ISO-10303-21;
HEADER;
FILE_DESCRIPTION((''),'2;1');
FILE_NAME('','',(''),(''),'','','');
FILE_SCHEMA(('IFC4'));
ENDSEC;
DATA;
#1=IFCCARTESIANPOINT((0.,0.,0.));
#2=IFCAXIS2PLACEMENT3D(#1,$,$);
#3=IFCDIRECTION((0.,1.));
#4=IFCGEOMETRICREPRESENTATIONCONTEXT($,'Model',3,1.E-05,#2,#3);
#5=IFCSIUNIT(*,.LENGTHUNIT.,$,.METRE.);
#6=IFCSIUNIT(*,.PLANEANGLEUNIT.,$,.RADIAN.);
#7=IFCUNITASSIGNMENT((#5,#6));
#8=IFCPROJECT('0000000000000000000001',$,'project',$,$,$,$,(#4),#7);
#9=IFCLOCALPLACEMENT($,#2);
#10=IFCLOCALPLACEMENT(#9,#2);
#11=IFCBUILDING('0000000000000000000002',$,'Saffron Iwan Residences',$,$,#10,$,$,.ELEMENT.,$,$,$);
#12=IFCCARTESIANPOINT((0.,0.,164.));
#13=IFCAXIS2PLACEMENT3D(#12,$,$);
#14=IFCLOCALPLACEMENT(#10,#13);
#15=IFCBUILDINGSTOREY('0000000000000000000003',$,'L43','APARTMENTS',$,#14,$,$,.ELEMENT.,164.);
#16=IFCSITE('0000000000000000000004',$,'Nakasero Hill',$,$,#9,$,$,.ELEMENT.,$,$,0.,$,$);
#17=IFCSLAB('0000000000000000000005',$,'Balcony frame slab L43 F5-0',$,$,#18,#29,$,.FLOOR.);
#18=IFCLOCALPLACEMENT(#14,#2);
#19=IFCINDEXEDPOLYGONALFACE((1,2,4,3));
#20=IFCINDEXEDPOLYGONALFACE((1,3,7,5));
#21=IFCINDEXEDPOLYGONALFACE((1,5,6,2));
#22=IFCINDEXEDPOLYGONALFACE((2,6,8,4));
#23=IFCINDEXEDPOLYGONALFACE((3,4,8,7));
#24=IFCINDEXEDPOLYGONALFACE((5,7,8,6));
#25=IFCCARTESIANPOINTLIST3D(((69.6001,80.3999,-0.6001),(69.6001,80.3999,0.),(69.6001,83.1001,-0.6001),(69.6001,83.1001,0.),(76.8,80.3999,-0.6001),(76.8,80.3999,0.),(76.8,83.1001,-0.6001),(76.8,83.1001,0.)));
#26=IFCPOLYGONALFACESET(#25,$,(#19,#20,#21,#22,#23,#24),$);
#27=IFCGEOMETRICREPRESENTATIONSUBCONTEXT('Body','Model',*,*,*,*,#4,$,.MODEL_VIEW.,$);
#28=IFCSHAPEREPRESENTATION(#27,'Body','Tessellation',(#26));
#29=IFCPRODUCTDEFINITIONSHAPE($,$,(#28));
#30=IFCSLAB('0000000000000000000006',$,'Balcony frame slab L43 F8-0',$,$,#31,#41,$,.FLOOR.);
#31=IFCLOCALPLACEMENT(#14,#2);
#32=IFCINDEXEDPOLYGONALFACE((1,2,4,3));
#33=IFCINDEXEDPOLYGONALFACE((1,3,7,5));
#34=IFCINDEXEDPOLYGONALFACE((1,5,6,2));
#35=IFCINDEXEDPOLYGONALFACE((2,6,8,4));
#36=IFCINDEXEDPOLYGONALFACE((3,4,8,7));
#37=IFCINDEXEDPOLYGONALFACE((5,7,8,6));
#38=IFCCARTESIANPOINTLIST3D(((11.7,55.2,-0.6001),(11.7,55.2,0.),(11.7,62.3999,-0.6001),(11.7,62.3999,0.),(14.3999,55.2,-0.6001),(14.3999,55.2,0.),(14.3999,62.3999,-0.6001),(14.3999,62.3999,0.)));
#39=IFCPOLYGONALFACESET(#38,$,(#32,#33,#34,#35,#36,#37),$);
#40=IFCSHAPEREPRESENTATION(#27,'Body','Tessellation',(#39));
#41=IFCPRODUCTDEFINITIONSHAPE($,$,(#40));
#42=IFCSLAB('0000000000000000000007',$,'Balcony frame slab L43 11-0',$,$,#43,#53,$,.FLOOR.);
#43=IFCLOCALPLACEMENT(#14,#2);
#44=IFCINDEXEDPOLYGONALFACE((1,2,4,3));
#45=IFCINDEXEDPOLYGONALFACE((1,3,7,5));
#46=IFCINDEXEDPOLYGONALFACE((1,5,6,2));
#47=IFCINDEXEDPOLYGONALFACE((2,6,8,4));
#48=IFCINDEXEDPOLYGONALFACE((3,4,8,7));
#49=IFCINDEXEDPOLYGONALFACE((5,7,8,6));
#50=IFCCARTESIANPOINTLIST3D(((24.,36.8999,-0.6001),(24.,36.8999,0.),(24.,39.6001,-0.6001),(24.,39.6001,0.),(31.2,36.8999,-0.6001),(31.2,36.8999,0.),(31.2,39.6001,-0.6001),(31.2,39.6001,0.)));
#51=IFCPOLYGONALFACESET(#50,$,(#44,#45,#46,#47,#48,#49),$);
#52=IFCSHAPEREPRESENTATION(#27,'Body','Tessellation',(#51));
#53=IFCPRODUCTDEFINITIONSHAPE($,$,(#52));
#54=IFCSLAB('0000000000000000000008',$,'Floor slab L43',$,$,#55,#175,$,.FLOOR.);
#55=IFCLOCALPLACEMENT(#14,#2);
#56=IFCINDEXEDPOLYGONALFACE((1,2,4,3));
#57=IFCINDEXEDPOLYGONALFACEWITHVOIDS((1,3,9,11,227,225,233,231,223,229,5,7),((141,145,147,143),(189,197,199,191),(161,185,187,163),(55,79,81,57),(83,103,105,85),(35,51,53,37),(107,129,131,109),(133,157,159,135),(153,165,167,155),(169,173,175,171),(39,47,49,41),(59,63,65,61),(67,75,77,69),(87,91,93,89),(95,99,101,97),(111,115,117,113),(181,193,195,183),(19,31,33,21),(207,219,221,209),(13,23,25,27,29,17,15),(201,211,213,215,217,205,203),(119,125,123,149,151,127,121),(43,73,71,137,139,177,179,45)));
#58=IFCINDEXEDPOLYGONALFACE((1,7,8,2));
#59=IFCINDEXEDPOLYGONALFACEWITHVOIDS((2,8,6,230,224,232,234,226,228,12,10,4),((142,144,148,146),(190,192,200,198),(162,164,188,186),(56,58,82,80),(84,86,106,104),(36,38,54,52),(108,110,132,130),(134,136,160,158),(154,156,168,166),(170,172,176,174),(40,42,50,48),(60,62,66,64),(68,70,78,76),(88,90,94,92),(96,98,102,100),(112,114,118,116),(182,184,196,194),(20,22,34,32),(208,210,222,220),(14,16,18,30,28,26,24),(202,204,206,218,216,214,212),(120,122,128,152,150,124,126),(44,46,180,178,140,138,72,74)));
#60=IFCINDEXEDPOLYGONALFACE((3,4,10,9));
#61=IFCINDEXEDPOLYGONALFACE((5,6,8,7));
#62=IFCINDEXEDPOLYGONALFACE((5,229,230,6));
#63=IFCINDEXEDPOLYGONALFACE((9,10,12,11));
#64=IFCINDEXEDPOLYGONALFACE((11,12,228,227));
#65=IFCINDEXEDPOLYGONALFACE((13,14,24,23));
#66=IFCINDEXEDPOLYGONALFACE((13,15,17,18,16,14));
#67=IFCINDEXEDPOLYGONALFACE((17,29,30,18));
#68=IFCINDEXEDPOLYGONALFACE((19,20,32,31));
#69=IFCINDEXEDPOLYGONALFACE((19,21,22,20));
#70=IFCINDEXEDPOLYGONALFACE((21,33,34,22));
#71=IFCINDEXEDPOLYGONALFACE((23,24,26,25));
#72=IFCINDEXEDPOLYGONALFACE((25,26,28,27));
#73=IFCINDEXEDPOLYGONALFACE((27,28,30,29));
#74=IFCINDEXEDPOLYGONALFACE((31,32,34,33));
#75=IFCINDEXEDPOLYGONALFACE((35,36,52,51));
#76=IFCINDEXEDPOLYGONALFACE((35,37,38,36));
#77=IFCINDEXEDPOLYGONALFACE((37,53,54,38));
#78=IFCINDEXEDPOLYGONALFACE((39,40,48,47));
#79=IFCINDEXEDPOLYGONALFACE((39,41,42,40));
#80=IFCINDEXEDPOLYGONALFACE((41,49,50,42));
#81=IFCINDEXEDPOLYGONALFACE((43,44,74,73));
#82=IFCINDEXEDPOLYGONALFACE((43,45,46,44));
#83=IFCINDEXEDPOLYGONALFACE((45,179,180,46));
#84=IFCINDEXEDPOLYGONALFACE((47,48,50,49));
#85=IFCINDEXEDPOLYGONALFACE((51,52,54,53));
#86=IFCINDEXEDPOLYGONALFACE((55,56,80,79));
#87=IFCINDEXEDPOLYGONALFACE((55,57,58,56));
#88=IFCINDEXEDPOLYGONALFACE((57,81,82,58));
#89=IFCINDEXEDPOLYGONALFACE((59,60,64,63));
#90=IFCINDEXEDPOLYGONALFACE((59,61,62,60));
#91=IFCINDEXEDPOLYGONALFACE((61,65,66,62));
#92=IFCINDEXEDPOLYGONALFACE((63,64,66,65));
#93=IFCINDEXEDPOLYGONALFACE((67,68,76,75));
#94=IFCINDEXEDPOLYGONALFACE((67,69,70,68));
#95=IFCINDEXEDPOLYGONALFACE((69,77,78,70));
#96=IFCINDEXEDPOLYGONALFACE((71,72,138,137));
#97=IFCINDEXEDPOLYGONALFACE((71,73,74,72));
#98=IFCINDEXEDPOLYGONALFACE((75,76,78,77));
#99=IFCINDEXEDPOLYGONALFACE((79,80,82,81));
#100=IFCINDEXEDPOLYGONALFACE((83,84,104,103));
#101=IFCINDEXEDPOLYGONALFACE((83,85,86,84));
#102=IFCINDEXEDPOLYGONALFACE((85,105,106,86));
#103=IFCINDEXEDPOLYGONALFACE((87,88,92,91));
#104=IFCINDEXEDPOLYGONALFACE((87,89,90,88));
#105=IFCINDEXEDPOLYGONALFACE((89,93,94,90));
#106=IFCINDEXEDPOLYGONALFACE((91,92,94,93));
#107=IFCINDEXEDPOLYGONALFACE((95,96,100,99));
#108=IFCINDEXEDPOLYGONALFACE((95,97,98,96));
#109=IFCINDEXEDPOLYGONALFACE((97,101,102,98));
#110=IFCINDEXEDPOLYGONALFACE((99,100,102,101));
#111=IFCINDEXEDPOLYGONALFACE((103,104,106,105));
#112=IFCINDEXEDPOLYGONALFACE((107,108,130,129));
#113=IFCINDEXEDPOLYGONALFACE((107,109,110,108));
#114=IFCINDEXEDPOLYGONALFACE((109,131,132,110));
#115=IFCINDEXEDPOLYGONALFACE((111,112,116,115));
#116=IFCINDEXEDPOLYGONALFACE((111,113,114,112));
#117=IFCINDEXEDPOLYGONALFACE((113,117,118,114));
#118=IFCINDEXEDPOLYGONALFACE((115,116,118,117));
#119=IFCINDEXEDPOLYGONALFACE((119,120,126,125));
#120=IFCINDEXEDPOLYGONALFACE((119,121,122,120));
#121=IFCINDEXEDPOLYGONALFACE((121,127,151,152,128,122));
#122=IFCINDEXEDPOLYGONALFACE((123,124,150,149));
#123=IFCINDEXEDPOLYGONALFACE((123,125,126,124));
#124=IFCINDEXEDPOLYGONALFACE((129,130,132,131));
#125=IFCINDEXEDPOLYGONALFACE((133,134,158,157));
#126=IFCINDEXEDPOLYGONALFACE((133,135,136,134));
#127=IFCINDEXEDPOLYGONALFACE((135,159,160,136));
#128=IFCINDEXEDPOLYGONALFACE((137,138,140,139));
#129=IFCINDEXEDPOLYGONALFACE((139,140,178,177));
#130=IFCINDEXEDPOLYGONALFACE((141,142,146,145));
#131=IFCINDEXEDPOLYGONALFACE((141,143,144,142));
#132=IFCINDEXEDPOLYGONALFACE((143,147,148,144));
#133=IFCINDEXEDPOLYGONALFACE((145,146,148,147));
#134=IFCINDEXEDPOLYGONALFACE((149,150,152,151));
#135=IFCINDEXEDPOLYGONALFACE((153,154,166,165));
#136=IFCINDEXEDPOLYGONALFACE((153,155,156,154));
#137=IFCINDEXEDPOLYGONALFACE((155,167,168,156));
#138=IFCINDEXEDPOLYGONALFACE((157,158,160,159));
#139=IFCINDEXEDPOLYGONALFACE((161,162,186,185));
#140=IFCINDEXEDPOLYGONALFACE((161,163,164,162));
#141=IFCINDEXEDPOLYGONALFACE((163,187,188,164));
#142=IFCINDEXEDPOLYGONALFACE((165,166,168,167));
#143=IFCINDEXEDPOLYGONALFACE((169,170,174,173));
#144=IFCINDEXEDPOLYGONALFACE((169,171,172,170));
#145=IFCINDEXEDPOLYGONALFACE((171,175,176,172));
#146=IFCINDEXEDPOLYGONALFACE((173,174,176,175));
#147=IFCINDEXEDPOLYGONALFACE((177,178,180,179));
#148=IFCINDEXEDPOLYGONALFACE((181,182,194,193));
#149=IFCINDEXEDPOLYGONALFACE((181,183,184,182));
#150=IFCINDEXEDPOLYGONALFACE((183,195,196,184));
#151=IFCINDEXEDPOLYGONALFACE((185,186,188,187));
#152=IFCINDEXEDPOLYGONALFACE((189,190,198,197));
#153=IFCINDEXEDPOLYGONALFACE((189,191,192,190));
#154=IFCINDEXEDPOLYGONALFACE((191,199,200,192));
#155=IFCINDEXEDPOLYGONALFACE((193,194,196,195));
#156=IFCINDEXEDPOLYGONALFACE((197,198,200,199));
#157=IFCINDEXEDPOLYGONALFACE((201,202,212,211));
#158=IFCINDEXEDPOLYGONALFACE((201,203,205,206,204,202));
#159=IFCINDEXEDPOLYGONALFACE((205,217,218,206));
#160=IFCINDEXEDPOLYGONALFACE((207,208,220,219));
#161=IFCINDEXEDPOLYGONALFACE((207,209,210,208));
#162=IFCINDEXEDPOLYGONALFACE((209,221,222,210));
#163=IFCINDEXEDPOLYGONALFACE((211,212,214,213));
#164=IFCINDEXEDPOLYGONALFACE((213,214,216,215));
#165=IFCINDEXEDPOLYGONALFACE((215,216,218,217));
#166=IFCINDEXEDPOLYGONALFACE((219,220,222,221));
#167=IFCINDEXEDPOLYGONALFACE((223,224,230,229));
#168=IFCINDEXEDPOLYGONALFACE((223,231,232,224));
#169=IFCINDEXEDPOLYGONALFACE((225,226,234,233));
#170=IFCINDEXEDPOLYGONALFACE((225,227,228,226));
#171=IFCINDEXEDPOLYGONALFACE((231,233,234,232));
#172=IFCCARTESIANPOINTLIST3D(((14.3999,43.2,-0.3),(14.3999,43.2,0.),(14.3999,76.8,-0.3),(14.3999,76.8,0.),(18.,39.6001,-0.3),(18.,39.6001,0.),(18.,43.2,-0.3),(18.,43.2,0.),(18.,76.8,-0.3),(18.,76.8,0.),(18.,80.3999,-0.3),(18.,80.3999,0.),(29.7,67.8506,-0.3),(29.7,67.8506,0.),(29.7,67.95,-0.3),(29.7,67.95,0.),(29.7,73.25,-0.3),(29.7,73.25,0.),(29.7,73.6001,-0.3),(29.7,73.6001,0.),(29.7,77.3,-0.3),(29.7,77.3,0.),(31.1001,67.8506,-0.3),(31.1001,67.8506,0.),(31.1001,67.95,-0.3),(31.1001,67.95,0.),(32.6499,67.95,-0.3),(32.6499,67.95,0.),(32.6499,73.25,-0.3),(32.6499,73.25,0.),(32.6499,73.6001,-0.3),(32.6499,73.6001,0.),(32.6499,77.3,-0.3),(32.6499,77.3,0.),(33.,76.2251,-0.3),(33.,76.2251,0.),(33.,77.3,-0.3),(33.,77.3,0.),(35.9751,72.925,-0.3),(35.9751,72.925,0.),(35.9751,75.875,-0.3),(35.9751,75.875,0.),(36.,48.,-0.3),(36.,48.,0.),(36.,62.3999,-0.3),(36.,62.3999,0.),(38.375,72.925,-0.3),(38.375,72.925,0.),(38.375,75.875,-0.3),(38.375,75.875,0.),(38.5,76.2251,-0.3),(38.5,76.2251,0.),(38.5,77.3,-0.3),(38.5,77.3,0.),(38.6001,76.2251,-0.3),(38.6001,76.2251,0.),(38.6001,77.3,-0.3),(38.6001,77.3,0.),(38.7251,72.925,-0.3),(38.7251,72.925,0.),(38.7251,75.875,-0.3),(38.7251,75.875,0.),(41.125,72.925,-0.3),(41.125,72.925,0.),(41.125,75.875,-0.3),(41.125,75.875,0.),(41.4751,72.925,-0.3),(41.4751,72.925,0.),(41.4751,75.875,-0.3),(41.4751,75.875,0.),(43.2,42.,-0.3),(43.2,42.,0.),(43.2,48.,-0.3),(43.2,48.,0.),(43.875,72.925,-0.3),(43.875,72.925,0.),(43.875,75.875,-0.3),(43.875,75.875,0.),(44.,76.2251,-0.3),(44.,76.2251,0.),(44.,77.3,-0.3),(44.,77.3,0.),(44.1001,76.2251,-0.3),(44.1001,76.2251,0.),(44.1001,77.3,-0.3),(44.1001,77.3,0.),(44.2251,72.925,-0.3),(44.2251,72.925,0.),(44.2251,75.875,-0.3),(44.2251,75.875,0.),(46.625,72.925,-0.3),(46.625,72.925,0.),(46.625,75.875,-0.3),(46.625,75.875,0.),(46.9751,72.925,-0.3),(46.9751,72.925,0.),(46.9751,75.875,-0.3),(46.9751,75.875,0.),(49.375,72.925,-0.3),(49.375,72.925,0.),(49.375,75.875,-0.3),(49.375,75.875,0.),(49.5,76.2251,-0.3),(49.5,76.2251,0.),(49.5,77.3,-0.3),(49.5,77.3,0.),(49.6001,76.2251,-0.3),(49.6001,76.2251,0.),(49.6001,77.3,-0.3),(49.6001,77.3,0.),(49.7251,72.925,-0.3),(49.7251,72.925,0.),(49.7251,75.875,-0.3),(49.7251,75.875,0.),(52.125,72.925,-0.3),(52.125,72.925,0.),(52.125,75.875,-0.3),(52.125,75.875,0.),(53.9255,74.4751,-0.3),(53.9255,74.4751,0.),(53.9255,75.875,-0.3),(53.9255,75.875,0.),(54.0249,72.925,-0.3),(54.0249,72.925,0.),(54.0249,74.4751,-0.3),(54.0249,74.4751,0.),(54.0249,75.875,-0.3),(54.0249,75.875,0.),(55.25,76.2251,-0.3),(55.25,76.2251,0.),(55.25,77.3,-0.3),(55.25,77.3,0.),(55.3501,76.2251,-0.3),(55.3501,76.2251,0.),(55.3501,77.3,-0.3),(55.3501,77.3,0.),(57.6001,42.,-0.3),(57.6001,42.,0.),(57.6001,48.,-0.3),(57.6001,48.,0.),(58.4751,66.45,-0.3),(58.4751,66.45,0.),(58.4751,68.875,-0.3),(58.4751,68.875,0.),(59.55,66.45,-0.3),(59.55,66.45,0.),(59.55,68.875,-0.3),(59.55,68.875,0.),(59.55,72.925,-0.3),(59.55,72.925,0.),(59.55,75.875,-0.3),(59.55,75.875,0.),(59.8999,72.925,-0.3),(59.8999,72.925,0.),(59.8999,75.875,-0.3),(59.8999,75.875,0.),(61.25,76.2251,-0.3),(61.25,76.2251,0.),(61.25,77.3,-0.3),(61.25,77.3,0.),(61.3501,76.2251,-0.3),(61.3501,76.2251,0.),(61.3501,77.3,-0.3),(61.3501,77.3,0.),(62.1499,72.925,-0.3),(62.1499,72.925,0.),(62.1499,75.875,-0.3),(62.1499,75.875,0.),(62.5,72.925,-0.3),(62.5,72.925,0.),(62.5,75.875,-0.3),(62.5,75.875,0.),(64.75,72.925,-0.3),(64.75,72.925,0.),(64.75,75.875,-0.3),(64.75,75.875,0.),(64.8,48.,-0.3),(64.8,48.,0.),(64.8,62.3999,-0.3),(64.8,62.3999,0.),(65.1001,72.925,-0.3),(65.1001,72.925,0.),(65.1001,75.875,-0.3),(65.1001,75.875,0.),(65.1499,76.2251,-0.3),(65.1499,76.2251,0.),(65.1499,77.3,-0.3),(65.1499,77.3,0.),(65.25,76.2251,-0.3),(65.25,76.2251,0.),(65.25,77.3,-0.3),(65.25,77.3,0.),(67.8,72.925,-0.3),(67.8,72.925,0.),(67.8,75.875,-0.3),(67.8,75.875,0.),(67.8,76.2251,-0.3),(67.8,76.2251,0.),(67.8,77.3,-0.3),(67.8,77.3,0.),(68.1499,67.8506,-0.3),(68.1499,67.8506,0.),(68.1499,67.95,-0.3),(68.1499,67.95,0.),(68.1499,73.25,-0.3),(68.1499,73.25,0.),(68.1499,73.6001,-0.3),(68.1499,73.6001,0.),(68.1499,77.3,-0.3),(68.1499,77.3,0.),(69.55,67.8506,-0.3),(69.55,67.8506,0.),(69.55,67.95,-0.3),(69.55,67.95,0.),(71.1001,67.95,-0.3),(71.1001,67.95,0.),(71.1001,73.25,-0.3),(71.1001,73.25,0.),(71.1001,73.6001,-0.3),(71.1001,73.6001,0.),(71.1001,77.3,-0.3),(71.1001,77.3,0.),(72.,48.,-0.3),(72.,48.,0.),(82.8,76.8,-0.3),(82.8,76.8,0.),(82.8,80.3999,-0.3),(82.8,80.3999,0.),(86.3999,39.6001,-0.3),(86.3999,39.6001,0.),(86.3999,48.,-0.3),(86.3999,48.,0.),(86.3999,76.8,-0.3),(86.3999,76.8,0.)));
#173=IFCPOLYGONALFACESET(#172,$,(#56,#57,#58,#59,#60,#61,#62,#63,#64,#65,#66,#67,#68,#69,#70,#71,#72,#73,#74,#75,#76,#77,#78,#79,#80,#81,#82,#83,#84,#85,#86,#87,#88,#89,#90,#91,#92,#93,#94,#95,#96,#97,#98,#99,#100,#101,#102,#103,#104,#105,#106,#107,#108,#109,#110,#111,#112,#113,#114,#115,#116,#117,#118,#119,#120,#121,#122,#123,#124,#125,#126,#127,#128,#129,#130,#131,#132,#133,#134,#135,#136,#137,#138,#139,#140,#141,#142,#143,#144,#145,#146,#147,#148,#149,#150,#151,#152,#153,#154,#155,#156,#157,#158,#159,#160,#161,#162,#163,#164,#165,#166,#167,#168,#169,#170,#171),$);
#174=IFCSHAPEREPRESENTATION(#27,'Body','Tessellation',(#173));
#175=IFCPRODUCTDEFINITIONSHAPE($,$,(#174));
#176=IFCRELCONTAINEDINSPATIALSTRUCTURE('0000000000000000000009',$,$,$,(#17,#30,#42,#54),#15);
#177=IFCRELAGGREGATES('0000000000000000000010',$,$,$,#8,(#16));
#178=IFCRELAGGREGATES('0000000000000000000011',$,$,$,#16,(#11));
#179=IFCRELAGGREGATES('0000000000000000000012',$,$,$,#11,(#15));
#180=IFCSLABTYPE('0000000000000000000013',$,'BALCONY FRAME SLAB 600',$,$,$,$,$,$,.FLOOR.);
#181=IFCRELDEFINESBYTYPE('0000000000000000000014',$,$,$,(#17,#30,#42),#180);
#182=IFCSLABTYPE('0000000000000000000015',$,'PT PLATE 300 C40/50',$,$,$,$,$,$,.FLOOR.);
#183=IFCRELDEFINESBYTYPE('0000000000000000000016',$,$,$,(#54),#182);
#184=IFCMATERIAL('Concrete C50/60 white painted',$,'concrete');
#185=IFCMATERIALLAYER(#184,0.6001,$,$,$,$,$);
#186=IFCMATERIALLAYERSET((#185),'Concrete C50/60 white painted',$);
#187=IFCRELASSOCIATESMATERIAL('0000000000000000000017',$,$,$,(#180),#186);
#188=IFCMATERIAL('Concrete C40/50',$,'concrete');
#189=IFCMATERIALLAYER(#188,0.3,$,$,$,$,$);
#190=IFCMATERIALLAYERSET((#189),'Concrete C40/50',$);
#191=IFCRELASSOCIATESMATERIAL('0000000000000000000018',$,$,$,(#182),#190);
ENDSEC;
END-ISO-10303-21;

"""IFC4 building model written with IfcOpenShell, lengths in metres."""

from ifc_helpers import new_model, si_unit, direction, frame, origin, place, context, subcontext, project, spatial, polyline, outline, extrude, material, layer, layer_set, type_object, element, save


model = new_model("IFC4")

# Units and contexts
model_context = context("Model", 3, precision=1e-05, world=origin(), true_north=direction((0.0, 1.0)))
body_context = subcontext(model_context, "Body", "Model", "MODEL_VIEW")
ifc_project = project(units=[si_unit("LENGTHUNIT", "METRE"), si_unit("PLANEANGLEUNIT", "RADIAN")], contexts=[model_context])

# Site, building, storey
site_placement = place(None, origin())
site = spatial("IfcSite", under=ifc_project, at=site_placement, Name="Nakasero Hill", CompositionType="ELEMENT", RefElevation=0.0)
building_placement = place(site_placement, origin())
building = spatial("IfcBuilding", under=site, at=building_placement, Name="Saffron Iwan Residences", CompositionType="ELEMENT")
storey_placement = place(building_placement, frame((0.0, 0.0, 164.0)))
storey = spatial("IfcBuildingStorey", under=building, at=storey_placement, Name="L43", Description="APARTMENTS", CompositionType="ELEMENT", Elevation=164.0)

# Slabs
ifc_material_1 = material(Name="Concrete C50/60 white painted", Category="concrete")
ifc_layer_1 = layer(ifc_material_1, 0.6001)
ifc_layer_set_1 = layer_set([ifc_layer_1], Name="Concrete C50/60 white painted")
slab_type_1 = type_object("IfcSlabType", Name="BALCONY FRAME SLAB 600", PredefinedType="FLOOR", material=ifc_layer_set_1)
slab_1_placement = place(storey_placement, frame((0.0, 0.0, -0.6001)))
element("IfcSlab", 1, at=slab_1_placement, inside=storey, type_object=slab_type_1, Name="Balcony frame slab L43 F5-0", PredefinedType="FLOOR", context=body_context, shape_type="SweptSolid", body=[
    extrude(outline(polyline([(76.8, 83.1001), (69.6001, 83.1001), (69.6001, 80.3999), (76.8, 80.3999), (76.8, 83.1001)])), origin(), (0.0, 0.0, 1.0), 0.6001),
])
slab_2_placement = place(storey_placement, frame((0.0, 0.0, -0.6001)))
element("IfcSlab", 2, at=slab_2_placement, inside=storey, type_object=slab_type_1, Name="Balcony frame slab L43 F8-0", PredefinedType="FLOOR", context=body_context, shape_type="SweptSolid", body=[
    extrude(outline(polyline([(11.7, 62.3999), (11.7, 55.2), (14.3999, 55.2), (14.3999, 62.3999), (11.7, 62.3999)])), origin(), (0.0, 0.0, 1.0), 0.6001),
])
slab_3_placement = place(storey_placement, frame((0.0, 0.0, -0.6001)))
element("IfcSlab", 3, at=slab_3_placement, inside=storey, type_object=slab_type_1, Name="Balcony frame slab L43 11-0", PredefinedType="FLOOR", context=body_context, shape_type="SweptSolid", body=[
    extrude(outline(polyline([(24.0, 36.8999), (31.2, 36.8999), (31.2, 39.6001), (24.0, 39.6001), (24.0, 36.8999)])), origin(), (0.0, 0.0, 1.0), 0.6001),
])
ifc_material_2 = material(Name="Concrete C40/50", Category="concrete")
ifc_layer_2 = layer(ifc_material_2, 0.3)
ifc_layer_set_2 = layer_set([ifc_layer_2], Name="Concrete C40/50")
slab_type_2 = type_object("IfcSlabType", Name="PT PLATE 300 C40/50", PredefinedType="FLOOR", material=ifc_layer_set_2)
slab_4_placement = place(storey_placement, frame((0.0, 0.0, -0.3)))
element("IfcSlab", 4, at=slab_4_placement, inside=storey, type_object=slab_type_2, Name="Floor slab L43", PredefinedType="FLOOR", context=body_context, shape_type="SweptSolid", body=[
    extrude(outline(polyline([(14.3999, 43.2), (14.3999, 76.8), (18.0, 76.8), (18.0, 80.3999), (82.8, 80.3999), (82.8, 76.8), (86.3999, 76.8), (86.3999, 48.0), (72.0, 48.0), (86.3999, 39.6001), (18.0, 39.6001), (18.0, 43.2), (14.3999, 43.2)]), holes=[polyline([(64.8, 48.0), (64.8, 62.3999), (36.0, 62.3999), (36.0, 48.0), (43.2, 48.0), (43.2, 42.0), (57.6001, 42.0), (57.6001, 48.0), (64.8, 48.0)]), polyline([(29.7, 73.25), (29.7, 67.95), (29.7, 67.8506), (31.1001, 67.8506), (31.1001, 67.95), (32.6499, 67.95), (32.6499, 73.25), (29.7, 73.25)]), polyline([(38.375, 75.875), (35.9751, 75.875), (35.9751, 72.925), (38.375, 72.925), (38.375, 75.875)]), polyline([(41.125, 75.875), (38.7251, 75.875), (38.7251, 72.925), (41.125, 72.925), (41.125, 75.875)]), polyline([(43.875, 72.925), (43.875, 75.875), (41.4751, 75.875), (41.4751, 72.925), (43.875, 72.925)]), polyline([(46.625, 72.925), (46.625, 75.875), (44.2251, 75.875), (44.2251, 72.925), (46.625, 72.925)]), polyline([(49.375, 75.875), (46.9751, 75.875), (46.9751, 72.925), (49.375, 72.925), (49.375, 75.875)]), polyline([(52.125, 72.925), (52.125, 75.875), (49.7251, 75.875), (49.7251, 72.925), (52.125, 72.925)]), polyline([(32.6499, 73.6001), (32.6499, 77.3), (29.7, 77.3), (29.7, 73.6001), (32.6499, 73.6001)]), polyline([(38.5, 77.3), (33.0, 77.3), (33.0, 76.2251), (38.5, 76.2251), (38.5, 77.3)]), polyline([(44.0, 76.2251), (44.0, 77.3), (38.6001, 77.3), (38.6001, 76.2251), (44.0, 76.2251)]), polyline([(49.5, 76.2251), (49.5, 77.3), (44.1001, 77.3), (44.1001, 76.2251), (49.5, 76.2251)]), polyline([(59.55, 68.875), (58.4751, 68.875), (58.4751, 66.45), (59.55, 66.45), (59.55, 68.875)]), polyline([(68.1499, 73.25), (68.1499, 67.95), (68.1499, 67.8506), (69.55, 67.8506), (69.55, 67.95), (71.1001, 67.95), (71.1001, 73.25), (68.1499, 73.25)]), polyline([(54.0249, 74.4751), (54.0249, 72.925), (59.55, 72.925), (59.55, 75.875), (54.0249, 75.875), (53.9255, 75.875), (53.9255, 74.4751), (54.0249, 74.4751)]), polyline([(62.1499, 72.925), (62.1499, 75.875), (59.8999, 75.875), (59.8999, 72.925), (62.1499, 72.925)]), polyline([(64.75, 72.925), (64.75, 75.875), (62.5, 75.875), (62.5, 72.925), (64.75, 72.925)]), polyline([(67.8, 75.875), (65.1001, 75.875), (65.1001, 72.925), (67.8, 72.925), (67.8, 75.875)]), polyline([(71.1001, 73.6001), (71.1001, 77.3), (68.1499, 77.3), (68.1499, 73.6001), (71.1001, 73.6001)]), polyline([(55.25, 76.2251), (55.25, 77.3), (49.6001, 77.3), (49.6001, 76.2251), (55.25, 76.2251)]), polyline([(61.25, 77.3), (55.3501, 77.3), (55.3501, 76.2251), (61.25, 76.2251), (61.25, 77.3)]), polyline([(65.1499, 76.2251), (65.1499, 77.3), (61.3501, 77.3), (61.3501, 76.2251), (65.1499, 76.2251)]), polyline([(67.8, 76.2251), (67.8, 77.3), (65.25, 77.3), (65.25, 76.2251), (67.8, 76.2251)])]), origin(), (0.0, 0.0, 1.0), 0.3),
])

save(model, "model.ifc")
